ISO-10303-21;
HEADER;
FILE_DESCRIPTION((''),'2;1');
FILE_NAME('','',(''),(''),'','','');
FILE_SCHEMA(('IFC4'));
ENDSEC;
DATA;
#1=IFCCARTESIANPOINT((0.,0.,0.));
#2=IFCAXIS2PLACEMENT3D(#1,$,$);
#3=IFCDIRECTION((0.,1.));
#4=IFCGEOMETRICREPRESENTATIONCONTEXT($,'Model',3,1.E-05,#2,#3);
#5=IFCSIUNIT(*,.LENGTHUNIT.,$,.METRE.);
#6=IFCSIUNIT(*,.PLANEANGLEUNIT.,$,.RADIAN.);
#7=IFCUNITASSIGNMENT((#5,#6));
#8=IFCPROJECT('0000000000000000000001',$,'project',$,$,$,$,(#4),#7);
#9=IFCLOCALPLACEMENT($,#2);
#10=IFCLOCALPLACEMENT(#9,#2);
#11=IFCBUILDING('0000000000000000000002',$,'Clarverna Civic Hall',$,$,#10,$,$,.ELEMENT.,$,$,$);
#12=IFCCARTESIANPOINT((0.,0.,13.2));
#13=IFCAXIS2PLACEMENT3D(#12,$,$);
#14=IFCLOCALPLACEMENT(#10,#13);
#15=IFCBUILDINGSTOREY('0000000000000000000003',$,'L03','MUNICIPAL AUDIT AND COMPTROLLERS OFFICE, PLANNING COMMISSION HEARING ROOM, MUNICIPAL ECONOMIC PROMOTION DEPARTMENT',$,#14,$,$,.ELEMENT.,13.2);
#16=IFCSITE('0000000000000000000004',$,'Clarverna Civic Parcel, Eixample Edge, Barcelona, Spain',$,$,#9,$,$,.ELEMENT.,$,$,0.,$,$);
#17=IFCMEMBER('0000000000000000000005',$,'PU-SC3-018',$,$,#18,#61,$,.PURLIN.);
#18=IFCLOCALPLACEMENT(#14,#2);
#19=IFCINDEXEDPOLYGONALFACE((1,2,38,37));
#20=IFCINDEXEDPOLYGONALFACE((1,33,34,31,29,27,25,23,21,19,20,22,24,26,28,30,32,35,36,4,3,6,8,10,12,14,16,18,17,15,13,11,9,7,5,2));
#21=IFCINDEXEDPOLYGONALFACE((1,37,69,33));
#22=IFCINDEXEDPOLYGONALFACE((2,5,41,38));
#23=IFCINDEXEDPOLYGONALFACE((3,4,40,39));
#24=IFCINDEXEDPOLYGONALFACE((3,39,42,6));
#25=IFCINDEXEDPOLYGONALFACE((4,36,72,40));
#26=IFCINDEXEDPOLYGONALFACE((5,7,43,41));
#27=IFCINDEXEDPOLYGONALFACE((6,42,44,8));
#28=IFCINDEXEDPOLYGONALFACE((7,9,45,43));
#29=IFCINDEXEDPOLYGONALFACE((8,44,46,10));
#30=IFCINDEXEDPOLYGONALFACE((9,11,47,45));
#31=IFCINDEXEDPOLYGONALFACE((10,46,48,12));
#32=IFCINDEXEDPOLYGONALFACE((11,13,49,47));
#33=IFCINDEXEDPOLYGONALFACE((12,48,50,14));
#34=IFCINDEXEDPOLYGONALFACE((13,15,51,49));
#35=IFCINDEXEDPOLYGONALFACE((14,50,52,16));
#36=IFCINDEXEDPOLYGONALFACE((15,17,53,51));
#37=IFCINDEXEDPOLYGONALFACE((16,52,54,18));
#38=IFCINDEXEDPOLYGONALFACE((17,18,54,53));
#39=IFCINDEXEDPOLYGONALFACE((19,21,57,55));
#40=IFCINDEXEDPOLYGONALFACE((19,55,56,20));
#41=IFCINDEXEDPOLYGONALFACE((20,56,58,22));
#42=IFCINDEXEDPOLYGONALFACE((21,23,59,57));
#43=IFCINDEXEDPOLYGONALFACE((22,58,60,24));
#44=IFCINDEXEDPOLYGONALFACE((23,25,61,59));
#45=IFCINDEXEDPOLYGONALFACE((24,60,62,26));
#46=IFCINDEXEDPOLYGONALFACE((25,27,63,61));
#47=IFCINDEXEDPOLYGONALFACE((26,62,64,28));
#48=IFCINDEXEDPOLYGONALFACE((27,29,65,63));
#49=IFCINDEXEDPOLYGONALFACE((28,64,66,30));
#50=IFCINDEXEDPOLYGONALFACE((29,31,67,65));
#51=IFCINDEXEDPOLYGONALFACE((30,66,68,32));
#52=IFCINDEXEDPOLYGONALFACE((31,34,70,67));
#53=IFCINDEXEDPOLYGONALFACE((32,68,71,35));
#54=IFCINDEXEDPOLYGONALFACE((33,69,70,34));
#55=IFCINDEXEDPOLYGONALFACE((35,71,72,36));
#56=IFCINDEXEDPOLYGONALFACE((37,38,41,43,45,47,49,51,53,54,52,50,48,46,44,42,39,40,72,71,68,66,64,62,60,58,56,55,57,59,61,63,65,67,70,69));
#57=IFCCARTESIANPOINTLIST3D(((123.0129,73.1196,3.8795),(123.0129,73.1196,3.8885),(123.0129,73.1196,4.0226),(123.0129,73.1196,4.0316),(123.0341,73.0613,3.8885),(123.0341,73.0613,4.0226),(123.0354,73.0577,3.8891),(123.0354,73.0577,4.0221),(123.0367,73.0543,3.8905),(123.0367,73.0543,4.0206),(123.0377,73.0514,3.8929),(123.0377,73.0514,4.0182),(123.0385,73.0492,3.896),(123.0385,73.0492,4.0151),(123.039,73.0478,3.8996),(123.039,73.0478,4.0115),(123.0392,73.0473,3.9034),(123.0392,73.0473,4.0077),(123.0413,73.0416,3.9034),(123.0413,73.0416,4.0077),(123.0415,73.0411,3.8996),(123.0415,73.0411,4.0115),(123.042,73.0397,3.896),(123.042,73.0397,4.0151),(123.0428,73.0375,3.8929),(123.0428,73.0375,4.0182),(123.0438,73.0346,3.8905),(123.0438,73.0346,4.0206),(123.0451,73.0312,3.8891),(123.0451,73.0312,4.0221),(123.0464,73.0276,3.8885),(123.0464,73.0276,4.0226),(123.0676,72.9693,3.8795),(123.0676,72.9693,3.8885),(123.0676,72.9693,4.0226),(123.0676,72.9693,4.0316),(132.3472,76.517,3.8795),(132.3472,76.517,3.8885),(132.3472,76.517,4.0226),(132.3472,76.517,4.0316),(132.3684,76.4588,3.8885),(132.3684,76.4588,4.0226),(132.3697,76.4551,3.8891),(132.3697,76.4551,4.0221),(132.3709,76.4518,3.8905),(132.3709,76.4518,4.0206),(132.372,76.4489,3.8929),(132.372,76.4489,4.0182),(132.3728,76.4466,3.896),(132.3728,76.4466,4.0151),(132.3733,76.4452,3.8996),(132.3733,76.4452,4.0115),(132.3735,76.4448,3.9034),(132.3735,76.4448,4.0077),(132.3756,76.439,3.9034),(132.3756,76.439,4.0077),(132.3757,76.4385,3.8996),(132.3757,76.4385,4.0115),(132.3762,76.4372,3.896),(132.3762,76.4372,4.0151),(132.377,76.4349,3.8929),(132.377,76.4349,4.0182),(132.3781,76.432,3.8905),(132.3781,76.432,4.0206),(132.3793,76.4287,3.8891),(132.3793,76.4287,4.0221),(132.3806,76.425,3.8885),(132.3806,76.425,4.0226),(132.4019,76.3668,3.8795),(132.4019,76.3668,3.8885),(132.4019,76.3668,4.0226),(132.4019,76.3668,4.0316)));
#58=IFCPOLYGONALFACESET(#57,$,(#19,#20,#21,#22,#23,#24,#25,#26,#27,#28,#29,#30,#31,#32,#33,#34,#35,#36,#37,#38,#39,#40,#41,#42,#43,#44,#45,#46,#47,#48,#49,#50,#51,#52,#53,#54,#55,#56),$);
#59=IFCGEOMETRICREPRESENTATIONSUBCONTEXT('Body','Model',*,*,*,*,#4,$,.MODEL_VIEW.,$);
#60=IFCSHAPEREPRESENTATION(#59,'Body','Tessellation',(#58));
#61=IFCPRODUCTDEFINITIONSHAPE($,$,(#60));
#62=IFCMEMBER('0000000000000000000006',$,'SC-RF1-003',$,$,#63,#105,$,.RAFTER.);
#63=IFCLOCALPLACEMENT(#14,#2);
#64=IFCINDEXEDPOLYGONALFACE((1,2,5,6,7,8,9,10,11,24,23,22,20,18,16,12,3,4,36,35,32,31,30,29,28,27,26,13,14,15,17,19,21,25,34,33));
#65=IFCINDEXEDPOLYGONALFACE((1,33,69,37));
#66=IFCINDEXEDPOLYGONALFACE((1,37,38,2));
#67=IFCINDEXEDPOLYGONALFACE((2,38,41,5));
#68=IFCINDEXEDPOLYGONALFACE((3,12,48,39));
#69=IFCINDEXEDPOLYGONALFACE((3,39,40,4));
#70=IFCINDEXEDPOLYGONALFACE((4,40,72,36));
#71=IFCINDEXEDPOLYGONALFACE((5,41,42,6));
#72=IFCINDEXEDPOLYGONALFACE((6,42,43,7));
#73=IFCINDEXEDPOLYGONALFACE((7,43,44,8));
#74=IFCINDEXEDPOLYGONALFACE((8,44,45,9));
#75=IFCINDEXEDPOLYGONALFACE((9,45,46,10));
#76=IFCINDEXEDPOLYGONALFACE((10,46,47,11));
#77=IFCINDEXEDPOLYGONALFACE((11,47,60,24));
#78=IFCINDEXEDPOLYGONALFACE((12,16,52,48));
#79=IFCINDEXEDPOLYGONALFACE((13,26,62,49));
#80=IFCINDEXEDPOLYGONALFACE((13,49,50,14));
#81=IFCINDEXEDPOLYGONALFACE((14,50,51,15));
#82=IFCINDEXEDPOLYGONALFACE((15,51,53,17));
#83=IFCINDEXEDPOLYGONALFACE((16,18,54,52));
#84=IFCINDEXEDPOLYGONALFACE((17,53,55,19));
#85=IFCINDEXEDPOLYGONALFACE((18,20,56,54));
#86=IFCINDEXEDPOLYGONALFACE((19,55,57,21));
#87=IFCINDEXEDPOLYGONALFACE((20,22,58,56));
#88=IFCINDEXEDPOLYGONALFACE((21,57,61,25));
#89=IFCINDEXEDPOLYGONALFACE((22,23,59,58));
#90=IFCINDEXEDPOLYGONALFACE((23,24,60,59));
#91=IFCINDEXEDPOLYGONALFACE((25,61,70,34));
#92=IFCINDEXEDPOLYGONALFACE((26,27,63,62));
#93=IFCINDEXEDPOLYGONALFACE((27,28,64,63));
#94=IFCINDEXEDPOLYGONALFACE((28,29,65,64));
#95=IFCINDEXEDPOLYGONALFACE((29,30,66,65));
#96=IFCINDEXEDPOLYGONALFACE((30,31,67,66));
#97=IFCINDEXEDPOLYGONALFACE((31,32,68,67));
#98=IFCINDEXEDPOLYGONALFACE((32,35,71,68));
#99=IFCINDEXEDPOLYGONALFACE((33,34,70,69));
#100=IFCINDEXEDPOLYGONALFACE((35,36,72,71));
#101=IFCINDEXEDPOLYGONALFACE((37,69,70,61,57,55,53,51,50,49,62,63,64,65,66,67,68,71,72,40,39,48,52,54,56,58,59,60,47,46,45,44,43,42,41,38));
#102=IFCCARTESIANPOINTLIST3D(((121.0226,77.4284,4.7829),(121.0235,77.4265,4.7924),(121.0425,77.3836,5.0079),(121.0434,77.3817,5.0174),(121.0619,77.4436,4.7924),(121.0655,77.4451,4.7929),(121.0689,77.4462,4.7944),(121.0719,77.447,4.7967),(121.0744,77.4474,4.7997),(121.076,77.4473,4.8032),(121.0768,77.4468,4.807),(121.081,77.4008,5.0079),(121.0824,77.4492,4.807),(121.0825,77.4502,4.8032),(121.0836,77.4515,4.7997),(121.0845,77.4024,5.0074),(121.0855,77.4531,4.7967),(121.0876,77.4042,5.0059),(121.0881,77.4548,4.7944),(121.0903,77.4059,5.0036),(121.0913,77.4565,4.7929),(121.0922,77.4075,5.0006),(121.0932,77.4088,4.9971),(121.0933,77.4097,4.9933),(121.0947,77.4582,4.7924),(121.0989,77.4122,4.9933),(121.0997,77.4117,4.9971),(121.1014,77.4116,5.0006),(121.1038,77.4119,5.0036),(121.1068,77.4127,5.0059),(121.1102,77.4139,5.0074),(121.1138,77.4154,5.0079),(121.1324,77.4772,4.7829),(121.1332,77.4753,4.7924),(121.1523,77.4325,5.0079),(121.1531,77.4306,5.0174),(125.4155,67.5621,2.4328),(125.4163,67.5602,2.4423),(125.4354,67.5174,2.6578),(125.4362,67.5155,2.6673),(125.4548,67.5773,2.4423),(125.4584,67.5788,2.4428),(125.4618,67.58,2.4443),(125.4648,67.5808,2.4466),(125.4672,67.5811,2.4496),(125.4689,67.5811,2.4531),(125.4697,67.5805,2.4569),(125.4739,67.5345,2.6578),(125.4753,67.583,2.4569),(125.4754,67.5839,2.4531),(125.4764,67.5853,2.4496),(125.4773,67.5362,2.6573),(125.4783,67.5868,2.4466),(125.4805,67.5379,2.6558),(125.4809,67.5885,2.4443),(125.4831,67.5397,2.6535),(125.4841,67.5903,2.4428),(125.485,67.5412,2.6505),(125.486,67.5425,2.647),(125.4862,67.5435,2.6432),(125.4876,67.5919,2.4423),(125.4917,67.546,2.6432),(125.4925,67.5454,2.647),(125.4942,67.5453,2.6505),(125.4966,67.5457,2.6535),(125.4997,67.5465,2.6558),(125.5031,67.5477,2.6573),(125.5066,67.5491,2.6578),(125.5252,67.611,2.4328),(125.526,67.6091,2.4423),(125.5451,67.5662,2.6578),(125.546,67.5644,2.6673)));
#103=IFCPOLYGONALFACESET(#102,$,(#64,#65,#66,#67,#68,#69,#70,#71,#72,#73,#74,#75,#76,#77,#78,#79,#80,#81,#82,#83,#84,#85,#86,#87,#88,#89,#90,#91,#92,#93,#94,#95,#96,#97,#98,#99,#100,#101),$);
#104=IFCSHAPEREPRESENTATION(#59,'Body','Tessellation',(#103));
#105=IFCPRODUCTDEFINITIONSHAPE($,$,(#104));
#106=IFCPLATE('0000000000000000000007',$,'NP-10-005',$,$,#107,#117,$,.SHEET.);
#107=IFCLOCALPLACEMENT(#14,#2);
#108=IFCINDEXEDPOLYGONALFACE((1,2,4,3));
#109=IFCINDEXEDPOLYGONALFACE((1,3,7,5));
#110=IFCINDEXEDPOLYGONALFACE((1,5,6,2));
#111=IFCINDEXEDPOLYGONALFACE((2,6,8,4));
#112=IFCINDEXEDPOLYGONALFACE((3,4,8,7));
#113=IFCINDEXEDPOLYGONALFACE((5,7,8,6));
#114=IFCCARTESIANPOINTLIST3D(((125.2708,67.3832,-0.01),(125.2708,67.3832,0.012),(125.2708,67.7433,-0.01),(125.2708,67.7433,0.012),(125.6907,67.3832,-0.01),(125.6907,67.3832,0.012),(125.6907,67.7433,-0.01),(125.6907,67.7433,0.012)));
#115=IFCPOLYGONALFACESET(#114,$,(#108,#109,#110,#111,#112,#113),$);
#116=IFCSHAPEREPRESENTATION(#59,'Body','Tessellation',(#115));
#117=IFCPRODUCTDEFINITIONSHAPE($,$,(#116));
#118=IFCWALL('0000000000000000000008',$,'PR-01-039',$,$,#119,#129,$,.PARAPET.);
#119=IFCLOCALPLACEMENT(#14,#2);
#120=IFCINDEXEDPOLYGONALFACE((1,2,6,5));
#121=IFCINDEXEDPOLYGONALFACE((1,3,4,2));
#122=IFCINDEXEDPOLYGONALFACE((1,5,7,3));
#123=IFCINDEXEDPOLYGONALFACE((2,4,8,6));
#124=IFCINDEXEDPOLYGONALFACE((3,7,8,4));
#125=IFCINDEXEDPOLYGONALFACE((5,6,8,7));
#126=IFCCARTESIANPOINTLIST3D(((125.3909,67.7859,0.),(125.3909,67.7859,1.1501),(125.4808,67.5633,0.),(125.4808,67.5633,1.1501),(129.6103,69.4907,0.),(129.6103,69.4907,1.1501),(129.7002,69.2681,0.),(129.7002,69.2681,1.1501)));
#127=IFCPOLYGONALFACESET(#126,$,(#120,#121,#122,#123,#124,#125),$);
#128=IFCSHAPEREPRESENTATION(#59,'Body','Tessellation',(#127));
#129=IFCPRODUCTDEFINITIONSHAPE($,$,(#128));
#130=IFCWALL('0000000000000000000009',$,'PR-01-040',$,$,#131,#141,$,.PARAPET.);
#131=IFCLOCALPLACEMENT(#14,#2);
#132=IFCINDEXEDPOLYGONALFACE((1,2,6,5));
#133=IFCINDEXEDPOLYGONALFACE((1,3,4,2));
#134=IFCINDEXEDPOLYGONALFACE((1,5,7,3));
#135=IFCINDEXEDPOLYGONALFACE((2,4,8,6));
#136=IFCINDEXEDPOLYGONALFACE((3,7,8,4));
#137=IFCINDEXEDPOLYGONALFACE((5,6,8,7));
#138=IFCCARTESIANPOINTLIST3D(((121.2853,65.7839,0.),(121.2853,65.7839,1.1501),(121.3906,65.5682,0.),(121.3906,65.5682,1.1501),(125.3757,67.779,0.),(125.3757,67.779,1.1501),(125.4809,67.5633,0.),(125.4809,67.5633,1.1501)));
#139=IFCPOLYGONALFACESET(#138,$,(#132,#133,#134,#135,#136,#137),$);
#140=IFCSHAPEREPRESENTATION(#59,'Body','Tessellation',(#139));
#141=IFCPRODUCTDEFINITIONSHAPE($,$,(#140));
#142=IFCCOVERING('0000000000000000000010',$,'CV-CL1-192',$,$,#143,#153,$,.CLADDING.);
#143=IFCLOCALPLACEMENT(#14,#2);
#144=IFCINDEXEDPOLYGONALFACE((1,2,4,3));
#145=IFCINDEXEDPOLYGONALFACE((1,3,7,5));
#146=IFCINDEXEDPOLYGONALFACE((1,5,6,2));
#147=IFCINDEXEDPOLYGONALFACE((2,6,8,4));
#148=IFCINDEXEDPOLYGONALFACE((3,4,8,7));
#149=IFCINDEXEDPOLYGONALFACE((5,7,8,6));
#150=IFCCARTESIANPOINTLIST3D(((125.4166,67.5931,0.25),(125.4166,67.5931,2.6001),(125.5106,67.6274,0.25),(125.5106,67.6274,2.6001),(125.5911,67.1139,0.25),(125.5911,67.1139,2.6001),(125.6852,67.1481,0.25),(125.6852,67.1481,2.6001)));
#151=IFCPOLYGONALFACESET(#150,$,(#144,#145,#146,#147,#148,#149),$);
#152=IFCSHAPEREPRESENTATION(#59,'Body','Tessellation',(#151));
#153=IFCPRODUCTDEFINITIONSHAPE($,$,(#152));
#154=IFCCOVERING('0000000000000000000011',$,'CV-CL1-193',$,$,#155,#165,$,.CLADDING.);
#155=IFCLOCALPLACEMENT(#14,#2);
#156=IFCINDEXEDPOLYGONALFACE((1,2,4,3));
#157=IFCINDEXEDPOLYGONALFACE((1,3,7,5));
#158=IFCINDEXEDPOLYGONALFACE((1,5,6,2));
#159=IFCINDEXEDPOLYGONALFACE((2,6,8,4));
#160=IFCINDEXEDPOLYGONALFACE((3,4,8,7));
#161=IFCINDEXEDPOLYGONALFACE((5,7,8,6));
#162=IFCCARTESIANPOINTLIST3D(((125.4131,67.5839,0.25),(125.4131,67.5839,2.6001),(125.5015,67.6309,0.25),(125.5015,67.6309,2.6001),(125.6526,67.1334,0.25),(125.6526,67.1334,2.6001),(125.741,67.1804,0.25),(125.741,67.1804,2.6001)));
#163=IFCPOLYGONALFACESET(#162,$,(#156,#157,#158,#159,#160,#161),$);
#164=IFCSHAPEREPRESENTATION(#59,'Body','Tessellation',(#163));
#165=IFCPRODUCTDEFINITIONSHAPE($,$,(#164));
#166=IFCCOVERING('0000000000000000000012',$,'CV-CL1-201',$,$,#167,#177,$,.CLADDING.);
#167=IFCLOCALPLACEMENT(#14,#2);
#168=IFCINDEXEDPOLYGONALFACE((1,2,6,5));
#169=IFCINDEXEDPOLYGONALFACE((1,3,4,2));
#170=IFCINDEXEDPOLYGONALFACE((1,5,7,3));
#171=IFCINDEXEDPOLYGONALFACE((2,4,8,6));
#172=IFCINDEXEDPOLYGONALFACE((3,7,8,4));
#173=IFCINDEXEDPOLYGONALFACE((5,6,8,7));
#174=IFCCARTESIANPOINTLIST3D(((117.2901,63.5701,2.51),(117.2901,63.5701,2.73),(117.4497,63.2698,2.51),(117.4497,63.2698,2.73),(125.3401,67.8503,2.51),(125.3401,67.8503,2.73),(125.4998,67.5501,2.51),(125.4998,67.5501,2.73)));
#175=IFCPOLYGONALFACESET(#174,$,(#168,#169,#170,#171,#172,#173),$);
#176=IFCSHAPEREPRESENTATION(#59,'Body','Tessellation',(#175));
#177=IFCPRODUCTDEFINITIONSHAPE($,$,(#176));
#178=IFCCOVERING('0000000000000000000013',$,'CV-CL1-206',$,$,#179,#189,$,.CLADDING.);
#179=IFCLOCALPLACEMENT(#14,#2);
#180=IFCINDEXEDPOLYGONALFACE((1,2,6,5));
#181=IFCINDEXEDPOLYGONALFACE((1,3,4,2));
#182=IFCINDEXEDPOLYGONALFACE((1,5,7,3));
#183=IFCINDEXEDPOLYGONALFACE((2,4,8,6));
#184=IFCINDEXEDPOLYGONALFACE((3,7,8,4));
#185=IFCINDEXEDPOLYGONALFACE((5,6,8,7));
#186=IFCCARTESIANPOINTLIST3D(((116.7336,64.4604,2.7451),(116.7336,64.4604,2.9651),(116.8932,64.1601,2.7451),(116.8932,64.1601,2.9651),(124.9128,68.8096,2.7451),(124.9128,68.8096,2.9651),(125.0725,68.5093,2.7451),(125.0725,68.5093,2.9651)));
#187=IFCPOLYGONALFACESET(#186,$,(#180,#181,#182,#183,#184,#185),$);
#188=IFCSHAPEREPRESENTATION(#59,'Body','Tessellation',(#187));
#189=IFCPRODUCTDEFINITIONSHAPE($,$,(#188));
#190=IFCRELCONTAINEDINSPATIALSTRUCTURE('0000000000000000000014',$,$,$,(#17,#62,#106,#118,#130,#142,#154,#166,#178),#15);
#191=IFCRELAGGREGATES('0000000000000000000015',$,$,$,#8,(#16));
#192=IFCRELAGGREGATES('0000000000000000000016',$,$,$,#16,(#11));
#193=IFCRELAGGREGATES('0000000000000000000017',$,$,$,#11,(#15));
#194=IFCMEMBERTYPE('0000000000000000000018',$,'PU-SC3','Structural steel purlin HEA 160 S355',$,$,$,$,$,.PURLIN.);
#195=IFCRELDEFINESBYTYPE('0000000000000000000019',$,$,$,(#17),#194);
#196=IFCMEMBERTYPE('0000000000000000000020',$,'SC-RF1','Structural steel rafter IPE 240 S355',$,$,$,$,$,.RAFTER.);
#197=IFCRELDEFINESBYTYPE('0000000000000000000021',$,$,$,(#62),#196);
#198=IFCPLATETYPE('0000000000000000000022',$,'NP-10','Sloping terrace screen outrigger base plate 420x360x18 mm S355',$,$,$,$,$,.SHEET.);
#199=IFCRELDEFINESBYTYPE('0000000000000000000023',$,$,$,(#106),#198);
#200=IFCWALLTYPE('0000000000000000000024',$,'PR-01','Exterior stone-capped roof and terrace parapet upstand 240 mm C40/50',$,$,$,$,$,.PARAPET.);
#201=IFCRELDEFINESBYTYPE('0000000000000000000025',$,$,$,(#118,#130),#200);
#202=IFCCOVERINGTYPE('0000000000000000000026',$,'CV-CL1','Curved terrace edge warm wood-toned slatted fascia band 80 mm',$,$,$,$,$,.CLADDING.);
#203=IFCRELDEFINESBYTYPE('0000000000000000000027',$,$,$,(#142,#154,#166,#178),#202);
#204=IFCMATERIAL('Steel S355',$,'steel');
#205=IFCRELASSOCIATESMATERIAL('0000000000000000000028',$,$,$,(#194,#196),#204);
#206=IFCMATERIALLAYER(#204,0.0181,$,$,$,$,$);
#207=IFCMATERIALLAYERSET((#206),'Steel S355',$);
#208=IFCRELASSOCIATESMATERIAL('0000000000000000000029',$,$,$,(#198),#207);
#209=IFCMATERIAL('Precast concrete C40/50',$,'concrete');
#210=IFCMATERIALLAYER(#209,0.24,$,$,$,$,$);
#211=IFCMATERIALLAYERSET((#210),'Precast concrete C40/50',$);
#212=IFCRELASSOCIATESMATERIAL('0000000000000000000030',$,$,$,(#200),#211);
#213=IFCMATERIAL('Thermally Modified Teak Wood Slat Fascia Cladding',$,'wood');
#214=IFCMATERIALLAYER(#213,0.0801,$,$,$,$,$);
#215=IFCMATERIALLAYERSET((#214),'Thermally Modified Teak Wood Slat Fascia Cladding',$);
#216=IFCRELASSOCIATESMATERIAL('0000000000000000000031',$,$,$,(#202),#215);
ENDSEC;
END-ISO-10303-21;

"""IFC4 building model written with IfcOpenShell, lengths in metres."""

from ifc_helpers import new_model, si_unit, direction, frame, frame_2d, origin, origin_2d, place, context, subcontext, project, spatial, rectangle, i_section, extrude, material, layer, layer_set, material_profile, profile_set, type_object, element, save


model = new_model("IFC4")

# Units and contexts
model_context = context("Model", 3, precision=1e-05, world=origin(), true_north=direction((0.0, 1.0)))
body_context = subcontext(model_context, "Body", "Model", "MODEL_VIEW")
ifc_project = project(units=[si_unit("LENGTHUNIT", "METRE"), si_unit("PLANEANGLEUNIT", "RADIAN")], contexts=[model_context])

# Site, building, storey
site_placement = place(None, origin())
site = spatial("IfcSite", under=ifc_project, at=site_placement, Name="Clarverna Civic Parcel, Eixample Edge, Barcelona, Spain", CompositionType="ELEMENT", RefElevation=0.0)
building_placement = place(site_placement, origin())
building = spatial("IfcBuilding", under=site, at=building_placement, Name="Clarverna Civic Hall", CompositionType="ELEMENT")
storey_placement = place(building_placement, frame((0.0, 0.0, 13.2)))
storey = spatial("IfcBuildingStorey", under=building, at=storey_placement, Name="L03", Description="MUNICIPAL AUDIT AND COMPTROLLERS OFFICE, PLANNING COMMISSION HEARING ROOM, MUNICIPAL ECONOMIC PROMOTION DEPARTMENT", CompositionType="ELEMENT", Elevation=13.2)

# Shared definitions
ifc_material_1 = material(Name="Steel S355", Category="steel")

# Members
ifc_material_profile_1 = material_profile(ifc_material_1, i_section(OverallWidth=0.1599, OverallDepth=0.1521, WebThickness=0.0061, FlangeThickness=0.009, FilletRadius=0.0149, at=origin_2d()), Name="HEA 160")
ifc_profile_set_1 = profile_set([ifc_material_profile_1], Name="Steel S355")
member_type_1 = type_object("IfcMemberType", Name="PU-SC3", Description="Structural steel purlin HEA 160 S355", PredefinedType="PURLIN", material=ifc_profile_set_1)
member_1_placement = place(storey_placement, frame((132.3745, 76.4419, 3.9556), z_axis=(-0.93969, -0.342027, 0.0), x_axis=(0.342027, -0.93969, 0.0)))
element("IfcMember", 1, at=member_1_placement, inside=storey, type_object=member_type_1, Name="PU-SC3-018", PredefinedType="PURLIN", context=body_context, shape_type="SweptSolid", body=[
    extrude(i_section(OverallWidth=0.1599, OverallDepth=0.1521, WebThickness=0.0061, FlangeThickness=0.009, FilletRadius=0.0149, at=origin_2d()), origin(), (0.0, 0.0, 1.0), 9.9333),
])
ifc_material_profile_2 = material_profile(ifc_material_1, i_section(OverallWidth=0.1201, OverallDepth=0.24, WebThickness=0.0061, FlangeThickness=0.0098, FilletRadius=0.0149, at=origin_2d()), Name="IPE 240")
ifc_profile_set_2 = profile_set([ifc_material_profile_2], Name="Steel S355")
member_type_2 = type_object("IfcMemberType", Name="SC-RF1", Description="Structural steel rafter IPE 240 S355", PredefinedType="RAFTER", material=ifc_profile_set_2)
member_2_placement = place(storey_placement, frame((125.4807, 67.5632, 2.55), z_axis=(-0.397444, 0.892652, 0.212627), x_axis=(-0.913542, -0.406745, 0.0)))
element("IfcMember", 2, at=member_2_placement, inside=storey, type_object=member_type_2, Name="SC-RF1-003", PredefinedType="RAFTER", context=body_context, shape_type="SweptSolid", body=[
    extrude(i_section(OverallWidth=0.1201, OverallDepth=0.24, WebThickness=0.0061, FlangeThickness=0.0098, FilletRadius=0.0149, at=origin_2d()), origin(), (0.0, 0.0, 1.0), 11.0527),
])

# Plate
ifc_layer_1 = layer(ifc_material_1, 0.0181)
ifc_layer_set_1 = layer_set([ifc_layer_1], Name="Steel S355")
plate_type = type_object("IfcPlateType", Name="NP-10", Description="Sloping terrace screen outrigger base plate 420x360x18 mm S355", PredefinedType="SHEET", material=ifc_layer_set_1)
plate_placement = place(storey_placement, frame((125.4807, 67.5632, -0.01), z_axis=(0.0, 0.0, 1.0), x_axis=(1.0, 0.0, 0.0)))
element("IfcPlate", 3, at=plate_placement, inside=storey, type_object=plate_type, Name="NP-10-005", PredefinedType="SHEET", context=body_context, shape_type="SweptSolid", body=[
    extrude(rectangle(XDim=0.4199, YDim=0.3601, at=origin_2d()), origin(), (0.0, 0.0, 1.0), 0.022),
])

# Walls
ifc_material_2 = material(Name="Precast concrete C40/50", Category="concrete")
ifc_layer_2 = layer(ifc_material_2, 0.24)
ifc_layer_set_2 = layer_set([ifc_layer_2], Name="Precast concrete C40/50")
wall_type = type_object("IfcWallType", Name="PR-01", Description="Exterior stone-capped roof and terrace parapet upstand 240 mm C40/50", PredefinedType="PARAPET", material=ifc_layer_set_2)
wall_1_placement = place(storey_placement, frame((129.6553, 69.3794, 0.0), z_axis=(0.0, 0.0, 1.0), x_axis=(-0.92718, -0.374616, 0.0)))
element("IfcWall", 4, at=wall_1_placement, inside=storey, type_object=wall_type, Name="PR-01-039", PredefinedType="PARAPET", context=body_context, shape_type="SweptSolid", body=[
    extrude(rectangle(XDim=4.5508, YDim=0.24, at=frame_2d((2.2754, 0.0))), origin(), (0.0, 0.0, 1.0), 1.1501),
])
wall_2_placement = place(storey_placement, frame((125.4282, 67.6711, 0.0), z_axis=(0.0, 0.0, 1.0), x_axis=(-0.898783, -0.438394, 0.0)))
element("IfcWall", 5, at=wall_2_placement, inside=storey, type_object=wall_type, Name="PR-01-040", PredefinedType="PARAPET", context=body_context, shape_type="SweptSolid", body=[
    extrude(rectangle(XDim=4.551, YDim=0.24, at=frame_2d((2.2754, 0.0))), origin(), (0.0, 0.0, 1.0), 1.1501),
])

# Coverings
ifc_material_3 = material(Name="Thermally Modified Teak Wood Slat Fascia Cladding", Category="wood")
ifc_layer_3 = layer(ifc_material_3, 0.0801)
ifc_layer_set_3 = layer_set([ifc_layer_3], Name="Thermally Modified Teak Wood Slat Fascia Cladding")
covering_type = type_object("IfcCoveringType", Name="CV-CL1", Description="Curved terrace edge warm wood-toned slatted fascia band 80 mm", PredefinedType="CLADDING", material=ifc_layer_set_3)
covering_1_placement = place(storey_placement, frame((125.4636, 67.6101, 0.25), z_axis=(0.0, 0.0, 1.0), x_axis=(0.342243, -0.939612, 0.0)))
element("IfcCovering", 6, at=covering_1_placement, inside=storey, type_object=covering_type, Name="CV-CL1-192", PredefinedType="CLADDING", context=body_context, shape_type="SweptSolid", body=[
    extrude(rectangle(XDim=0.51, YDim=0.1001, at=frame_2d((0.2549, 0.0))), origin(), (0.0, 0.0, 1.0), 2.3501),
])
covering_2_placement = place(storey_placement, frame((125.4573, 67.6074, 0.25), z_axis=(0.0, 0.0, 1.0), x_axis=(0.46947, -0.882948, 0.0)))
element("IfcCovering", 7, at=covering_2_placement, inside=storey, type_object=covering_type, Name="CV-CL1-193", PredefinedType="CLADDING", context=body_context, shape_type="SweptSolid", body=[
    extrude(rectangle(XDim=0.5103, YDim=0.1001, at=frame_2d((0.2551, 0.0))), origin(), (0.0, 0.0, 1.0), 2.3501),
])
covering_3_placement = place(storey_placement, frame((125.4199, 67.7002, 2.51), z_axis=(0.0, 0.0, 1.0), x_axis=(-0.882948, -0.46947, 0.0)))
element("IfcCovering", 8, at=covering_3_placement, inside=storey, type_object=covering_type, Name="CV-CL1-201", PredefinedType="CLADDING", context=body_context, shape_type="SweptSolid", body=[
    extrude(rectangle(XDim=9.1172, YDim=0.3401, at=frame_2d((4.5586, 0.0))), origin(), (0.0, 0.0, 1.0), 0.22),
])
covering_4_placement = place(storey_placement, frame((124.9927, 68.6594, 2.7451), z_axis=(0.0, 0.0, 1.0), x_axis=(-0.88294, -0.469485, 0.0)))
element("IfcCovering", 9, at=covering_4_placement, inside=storey, type_object=covering_type, Name="CV-CL1-206", PredefinedType="CLADDING", context=body_context, shape_type="SweptSolid", body=[
    extrude(rectangle(XDim=9.2637, YDim=0.3401, at=frame_2d((4.6318, 0.0))), origin(), (0.0, 0.0, 1.0), 0.22),
])

save(model, "model.ifc")
